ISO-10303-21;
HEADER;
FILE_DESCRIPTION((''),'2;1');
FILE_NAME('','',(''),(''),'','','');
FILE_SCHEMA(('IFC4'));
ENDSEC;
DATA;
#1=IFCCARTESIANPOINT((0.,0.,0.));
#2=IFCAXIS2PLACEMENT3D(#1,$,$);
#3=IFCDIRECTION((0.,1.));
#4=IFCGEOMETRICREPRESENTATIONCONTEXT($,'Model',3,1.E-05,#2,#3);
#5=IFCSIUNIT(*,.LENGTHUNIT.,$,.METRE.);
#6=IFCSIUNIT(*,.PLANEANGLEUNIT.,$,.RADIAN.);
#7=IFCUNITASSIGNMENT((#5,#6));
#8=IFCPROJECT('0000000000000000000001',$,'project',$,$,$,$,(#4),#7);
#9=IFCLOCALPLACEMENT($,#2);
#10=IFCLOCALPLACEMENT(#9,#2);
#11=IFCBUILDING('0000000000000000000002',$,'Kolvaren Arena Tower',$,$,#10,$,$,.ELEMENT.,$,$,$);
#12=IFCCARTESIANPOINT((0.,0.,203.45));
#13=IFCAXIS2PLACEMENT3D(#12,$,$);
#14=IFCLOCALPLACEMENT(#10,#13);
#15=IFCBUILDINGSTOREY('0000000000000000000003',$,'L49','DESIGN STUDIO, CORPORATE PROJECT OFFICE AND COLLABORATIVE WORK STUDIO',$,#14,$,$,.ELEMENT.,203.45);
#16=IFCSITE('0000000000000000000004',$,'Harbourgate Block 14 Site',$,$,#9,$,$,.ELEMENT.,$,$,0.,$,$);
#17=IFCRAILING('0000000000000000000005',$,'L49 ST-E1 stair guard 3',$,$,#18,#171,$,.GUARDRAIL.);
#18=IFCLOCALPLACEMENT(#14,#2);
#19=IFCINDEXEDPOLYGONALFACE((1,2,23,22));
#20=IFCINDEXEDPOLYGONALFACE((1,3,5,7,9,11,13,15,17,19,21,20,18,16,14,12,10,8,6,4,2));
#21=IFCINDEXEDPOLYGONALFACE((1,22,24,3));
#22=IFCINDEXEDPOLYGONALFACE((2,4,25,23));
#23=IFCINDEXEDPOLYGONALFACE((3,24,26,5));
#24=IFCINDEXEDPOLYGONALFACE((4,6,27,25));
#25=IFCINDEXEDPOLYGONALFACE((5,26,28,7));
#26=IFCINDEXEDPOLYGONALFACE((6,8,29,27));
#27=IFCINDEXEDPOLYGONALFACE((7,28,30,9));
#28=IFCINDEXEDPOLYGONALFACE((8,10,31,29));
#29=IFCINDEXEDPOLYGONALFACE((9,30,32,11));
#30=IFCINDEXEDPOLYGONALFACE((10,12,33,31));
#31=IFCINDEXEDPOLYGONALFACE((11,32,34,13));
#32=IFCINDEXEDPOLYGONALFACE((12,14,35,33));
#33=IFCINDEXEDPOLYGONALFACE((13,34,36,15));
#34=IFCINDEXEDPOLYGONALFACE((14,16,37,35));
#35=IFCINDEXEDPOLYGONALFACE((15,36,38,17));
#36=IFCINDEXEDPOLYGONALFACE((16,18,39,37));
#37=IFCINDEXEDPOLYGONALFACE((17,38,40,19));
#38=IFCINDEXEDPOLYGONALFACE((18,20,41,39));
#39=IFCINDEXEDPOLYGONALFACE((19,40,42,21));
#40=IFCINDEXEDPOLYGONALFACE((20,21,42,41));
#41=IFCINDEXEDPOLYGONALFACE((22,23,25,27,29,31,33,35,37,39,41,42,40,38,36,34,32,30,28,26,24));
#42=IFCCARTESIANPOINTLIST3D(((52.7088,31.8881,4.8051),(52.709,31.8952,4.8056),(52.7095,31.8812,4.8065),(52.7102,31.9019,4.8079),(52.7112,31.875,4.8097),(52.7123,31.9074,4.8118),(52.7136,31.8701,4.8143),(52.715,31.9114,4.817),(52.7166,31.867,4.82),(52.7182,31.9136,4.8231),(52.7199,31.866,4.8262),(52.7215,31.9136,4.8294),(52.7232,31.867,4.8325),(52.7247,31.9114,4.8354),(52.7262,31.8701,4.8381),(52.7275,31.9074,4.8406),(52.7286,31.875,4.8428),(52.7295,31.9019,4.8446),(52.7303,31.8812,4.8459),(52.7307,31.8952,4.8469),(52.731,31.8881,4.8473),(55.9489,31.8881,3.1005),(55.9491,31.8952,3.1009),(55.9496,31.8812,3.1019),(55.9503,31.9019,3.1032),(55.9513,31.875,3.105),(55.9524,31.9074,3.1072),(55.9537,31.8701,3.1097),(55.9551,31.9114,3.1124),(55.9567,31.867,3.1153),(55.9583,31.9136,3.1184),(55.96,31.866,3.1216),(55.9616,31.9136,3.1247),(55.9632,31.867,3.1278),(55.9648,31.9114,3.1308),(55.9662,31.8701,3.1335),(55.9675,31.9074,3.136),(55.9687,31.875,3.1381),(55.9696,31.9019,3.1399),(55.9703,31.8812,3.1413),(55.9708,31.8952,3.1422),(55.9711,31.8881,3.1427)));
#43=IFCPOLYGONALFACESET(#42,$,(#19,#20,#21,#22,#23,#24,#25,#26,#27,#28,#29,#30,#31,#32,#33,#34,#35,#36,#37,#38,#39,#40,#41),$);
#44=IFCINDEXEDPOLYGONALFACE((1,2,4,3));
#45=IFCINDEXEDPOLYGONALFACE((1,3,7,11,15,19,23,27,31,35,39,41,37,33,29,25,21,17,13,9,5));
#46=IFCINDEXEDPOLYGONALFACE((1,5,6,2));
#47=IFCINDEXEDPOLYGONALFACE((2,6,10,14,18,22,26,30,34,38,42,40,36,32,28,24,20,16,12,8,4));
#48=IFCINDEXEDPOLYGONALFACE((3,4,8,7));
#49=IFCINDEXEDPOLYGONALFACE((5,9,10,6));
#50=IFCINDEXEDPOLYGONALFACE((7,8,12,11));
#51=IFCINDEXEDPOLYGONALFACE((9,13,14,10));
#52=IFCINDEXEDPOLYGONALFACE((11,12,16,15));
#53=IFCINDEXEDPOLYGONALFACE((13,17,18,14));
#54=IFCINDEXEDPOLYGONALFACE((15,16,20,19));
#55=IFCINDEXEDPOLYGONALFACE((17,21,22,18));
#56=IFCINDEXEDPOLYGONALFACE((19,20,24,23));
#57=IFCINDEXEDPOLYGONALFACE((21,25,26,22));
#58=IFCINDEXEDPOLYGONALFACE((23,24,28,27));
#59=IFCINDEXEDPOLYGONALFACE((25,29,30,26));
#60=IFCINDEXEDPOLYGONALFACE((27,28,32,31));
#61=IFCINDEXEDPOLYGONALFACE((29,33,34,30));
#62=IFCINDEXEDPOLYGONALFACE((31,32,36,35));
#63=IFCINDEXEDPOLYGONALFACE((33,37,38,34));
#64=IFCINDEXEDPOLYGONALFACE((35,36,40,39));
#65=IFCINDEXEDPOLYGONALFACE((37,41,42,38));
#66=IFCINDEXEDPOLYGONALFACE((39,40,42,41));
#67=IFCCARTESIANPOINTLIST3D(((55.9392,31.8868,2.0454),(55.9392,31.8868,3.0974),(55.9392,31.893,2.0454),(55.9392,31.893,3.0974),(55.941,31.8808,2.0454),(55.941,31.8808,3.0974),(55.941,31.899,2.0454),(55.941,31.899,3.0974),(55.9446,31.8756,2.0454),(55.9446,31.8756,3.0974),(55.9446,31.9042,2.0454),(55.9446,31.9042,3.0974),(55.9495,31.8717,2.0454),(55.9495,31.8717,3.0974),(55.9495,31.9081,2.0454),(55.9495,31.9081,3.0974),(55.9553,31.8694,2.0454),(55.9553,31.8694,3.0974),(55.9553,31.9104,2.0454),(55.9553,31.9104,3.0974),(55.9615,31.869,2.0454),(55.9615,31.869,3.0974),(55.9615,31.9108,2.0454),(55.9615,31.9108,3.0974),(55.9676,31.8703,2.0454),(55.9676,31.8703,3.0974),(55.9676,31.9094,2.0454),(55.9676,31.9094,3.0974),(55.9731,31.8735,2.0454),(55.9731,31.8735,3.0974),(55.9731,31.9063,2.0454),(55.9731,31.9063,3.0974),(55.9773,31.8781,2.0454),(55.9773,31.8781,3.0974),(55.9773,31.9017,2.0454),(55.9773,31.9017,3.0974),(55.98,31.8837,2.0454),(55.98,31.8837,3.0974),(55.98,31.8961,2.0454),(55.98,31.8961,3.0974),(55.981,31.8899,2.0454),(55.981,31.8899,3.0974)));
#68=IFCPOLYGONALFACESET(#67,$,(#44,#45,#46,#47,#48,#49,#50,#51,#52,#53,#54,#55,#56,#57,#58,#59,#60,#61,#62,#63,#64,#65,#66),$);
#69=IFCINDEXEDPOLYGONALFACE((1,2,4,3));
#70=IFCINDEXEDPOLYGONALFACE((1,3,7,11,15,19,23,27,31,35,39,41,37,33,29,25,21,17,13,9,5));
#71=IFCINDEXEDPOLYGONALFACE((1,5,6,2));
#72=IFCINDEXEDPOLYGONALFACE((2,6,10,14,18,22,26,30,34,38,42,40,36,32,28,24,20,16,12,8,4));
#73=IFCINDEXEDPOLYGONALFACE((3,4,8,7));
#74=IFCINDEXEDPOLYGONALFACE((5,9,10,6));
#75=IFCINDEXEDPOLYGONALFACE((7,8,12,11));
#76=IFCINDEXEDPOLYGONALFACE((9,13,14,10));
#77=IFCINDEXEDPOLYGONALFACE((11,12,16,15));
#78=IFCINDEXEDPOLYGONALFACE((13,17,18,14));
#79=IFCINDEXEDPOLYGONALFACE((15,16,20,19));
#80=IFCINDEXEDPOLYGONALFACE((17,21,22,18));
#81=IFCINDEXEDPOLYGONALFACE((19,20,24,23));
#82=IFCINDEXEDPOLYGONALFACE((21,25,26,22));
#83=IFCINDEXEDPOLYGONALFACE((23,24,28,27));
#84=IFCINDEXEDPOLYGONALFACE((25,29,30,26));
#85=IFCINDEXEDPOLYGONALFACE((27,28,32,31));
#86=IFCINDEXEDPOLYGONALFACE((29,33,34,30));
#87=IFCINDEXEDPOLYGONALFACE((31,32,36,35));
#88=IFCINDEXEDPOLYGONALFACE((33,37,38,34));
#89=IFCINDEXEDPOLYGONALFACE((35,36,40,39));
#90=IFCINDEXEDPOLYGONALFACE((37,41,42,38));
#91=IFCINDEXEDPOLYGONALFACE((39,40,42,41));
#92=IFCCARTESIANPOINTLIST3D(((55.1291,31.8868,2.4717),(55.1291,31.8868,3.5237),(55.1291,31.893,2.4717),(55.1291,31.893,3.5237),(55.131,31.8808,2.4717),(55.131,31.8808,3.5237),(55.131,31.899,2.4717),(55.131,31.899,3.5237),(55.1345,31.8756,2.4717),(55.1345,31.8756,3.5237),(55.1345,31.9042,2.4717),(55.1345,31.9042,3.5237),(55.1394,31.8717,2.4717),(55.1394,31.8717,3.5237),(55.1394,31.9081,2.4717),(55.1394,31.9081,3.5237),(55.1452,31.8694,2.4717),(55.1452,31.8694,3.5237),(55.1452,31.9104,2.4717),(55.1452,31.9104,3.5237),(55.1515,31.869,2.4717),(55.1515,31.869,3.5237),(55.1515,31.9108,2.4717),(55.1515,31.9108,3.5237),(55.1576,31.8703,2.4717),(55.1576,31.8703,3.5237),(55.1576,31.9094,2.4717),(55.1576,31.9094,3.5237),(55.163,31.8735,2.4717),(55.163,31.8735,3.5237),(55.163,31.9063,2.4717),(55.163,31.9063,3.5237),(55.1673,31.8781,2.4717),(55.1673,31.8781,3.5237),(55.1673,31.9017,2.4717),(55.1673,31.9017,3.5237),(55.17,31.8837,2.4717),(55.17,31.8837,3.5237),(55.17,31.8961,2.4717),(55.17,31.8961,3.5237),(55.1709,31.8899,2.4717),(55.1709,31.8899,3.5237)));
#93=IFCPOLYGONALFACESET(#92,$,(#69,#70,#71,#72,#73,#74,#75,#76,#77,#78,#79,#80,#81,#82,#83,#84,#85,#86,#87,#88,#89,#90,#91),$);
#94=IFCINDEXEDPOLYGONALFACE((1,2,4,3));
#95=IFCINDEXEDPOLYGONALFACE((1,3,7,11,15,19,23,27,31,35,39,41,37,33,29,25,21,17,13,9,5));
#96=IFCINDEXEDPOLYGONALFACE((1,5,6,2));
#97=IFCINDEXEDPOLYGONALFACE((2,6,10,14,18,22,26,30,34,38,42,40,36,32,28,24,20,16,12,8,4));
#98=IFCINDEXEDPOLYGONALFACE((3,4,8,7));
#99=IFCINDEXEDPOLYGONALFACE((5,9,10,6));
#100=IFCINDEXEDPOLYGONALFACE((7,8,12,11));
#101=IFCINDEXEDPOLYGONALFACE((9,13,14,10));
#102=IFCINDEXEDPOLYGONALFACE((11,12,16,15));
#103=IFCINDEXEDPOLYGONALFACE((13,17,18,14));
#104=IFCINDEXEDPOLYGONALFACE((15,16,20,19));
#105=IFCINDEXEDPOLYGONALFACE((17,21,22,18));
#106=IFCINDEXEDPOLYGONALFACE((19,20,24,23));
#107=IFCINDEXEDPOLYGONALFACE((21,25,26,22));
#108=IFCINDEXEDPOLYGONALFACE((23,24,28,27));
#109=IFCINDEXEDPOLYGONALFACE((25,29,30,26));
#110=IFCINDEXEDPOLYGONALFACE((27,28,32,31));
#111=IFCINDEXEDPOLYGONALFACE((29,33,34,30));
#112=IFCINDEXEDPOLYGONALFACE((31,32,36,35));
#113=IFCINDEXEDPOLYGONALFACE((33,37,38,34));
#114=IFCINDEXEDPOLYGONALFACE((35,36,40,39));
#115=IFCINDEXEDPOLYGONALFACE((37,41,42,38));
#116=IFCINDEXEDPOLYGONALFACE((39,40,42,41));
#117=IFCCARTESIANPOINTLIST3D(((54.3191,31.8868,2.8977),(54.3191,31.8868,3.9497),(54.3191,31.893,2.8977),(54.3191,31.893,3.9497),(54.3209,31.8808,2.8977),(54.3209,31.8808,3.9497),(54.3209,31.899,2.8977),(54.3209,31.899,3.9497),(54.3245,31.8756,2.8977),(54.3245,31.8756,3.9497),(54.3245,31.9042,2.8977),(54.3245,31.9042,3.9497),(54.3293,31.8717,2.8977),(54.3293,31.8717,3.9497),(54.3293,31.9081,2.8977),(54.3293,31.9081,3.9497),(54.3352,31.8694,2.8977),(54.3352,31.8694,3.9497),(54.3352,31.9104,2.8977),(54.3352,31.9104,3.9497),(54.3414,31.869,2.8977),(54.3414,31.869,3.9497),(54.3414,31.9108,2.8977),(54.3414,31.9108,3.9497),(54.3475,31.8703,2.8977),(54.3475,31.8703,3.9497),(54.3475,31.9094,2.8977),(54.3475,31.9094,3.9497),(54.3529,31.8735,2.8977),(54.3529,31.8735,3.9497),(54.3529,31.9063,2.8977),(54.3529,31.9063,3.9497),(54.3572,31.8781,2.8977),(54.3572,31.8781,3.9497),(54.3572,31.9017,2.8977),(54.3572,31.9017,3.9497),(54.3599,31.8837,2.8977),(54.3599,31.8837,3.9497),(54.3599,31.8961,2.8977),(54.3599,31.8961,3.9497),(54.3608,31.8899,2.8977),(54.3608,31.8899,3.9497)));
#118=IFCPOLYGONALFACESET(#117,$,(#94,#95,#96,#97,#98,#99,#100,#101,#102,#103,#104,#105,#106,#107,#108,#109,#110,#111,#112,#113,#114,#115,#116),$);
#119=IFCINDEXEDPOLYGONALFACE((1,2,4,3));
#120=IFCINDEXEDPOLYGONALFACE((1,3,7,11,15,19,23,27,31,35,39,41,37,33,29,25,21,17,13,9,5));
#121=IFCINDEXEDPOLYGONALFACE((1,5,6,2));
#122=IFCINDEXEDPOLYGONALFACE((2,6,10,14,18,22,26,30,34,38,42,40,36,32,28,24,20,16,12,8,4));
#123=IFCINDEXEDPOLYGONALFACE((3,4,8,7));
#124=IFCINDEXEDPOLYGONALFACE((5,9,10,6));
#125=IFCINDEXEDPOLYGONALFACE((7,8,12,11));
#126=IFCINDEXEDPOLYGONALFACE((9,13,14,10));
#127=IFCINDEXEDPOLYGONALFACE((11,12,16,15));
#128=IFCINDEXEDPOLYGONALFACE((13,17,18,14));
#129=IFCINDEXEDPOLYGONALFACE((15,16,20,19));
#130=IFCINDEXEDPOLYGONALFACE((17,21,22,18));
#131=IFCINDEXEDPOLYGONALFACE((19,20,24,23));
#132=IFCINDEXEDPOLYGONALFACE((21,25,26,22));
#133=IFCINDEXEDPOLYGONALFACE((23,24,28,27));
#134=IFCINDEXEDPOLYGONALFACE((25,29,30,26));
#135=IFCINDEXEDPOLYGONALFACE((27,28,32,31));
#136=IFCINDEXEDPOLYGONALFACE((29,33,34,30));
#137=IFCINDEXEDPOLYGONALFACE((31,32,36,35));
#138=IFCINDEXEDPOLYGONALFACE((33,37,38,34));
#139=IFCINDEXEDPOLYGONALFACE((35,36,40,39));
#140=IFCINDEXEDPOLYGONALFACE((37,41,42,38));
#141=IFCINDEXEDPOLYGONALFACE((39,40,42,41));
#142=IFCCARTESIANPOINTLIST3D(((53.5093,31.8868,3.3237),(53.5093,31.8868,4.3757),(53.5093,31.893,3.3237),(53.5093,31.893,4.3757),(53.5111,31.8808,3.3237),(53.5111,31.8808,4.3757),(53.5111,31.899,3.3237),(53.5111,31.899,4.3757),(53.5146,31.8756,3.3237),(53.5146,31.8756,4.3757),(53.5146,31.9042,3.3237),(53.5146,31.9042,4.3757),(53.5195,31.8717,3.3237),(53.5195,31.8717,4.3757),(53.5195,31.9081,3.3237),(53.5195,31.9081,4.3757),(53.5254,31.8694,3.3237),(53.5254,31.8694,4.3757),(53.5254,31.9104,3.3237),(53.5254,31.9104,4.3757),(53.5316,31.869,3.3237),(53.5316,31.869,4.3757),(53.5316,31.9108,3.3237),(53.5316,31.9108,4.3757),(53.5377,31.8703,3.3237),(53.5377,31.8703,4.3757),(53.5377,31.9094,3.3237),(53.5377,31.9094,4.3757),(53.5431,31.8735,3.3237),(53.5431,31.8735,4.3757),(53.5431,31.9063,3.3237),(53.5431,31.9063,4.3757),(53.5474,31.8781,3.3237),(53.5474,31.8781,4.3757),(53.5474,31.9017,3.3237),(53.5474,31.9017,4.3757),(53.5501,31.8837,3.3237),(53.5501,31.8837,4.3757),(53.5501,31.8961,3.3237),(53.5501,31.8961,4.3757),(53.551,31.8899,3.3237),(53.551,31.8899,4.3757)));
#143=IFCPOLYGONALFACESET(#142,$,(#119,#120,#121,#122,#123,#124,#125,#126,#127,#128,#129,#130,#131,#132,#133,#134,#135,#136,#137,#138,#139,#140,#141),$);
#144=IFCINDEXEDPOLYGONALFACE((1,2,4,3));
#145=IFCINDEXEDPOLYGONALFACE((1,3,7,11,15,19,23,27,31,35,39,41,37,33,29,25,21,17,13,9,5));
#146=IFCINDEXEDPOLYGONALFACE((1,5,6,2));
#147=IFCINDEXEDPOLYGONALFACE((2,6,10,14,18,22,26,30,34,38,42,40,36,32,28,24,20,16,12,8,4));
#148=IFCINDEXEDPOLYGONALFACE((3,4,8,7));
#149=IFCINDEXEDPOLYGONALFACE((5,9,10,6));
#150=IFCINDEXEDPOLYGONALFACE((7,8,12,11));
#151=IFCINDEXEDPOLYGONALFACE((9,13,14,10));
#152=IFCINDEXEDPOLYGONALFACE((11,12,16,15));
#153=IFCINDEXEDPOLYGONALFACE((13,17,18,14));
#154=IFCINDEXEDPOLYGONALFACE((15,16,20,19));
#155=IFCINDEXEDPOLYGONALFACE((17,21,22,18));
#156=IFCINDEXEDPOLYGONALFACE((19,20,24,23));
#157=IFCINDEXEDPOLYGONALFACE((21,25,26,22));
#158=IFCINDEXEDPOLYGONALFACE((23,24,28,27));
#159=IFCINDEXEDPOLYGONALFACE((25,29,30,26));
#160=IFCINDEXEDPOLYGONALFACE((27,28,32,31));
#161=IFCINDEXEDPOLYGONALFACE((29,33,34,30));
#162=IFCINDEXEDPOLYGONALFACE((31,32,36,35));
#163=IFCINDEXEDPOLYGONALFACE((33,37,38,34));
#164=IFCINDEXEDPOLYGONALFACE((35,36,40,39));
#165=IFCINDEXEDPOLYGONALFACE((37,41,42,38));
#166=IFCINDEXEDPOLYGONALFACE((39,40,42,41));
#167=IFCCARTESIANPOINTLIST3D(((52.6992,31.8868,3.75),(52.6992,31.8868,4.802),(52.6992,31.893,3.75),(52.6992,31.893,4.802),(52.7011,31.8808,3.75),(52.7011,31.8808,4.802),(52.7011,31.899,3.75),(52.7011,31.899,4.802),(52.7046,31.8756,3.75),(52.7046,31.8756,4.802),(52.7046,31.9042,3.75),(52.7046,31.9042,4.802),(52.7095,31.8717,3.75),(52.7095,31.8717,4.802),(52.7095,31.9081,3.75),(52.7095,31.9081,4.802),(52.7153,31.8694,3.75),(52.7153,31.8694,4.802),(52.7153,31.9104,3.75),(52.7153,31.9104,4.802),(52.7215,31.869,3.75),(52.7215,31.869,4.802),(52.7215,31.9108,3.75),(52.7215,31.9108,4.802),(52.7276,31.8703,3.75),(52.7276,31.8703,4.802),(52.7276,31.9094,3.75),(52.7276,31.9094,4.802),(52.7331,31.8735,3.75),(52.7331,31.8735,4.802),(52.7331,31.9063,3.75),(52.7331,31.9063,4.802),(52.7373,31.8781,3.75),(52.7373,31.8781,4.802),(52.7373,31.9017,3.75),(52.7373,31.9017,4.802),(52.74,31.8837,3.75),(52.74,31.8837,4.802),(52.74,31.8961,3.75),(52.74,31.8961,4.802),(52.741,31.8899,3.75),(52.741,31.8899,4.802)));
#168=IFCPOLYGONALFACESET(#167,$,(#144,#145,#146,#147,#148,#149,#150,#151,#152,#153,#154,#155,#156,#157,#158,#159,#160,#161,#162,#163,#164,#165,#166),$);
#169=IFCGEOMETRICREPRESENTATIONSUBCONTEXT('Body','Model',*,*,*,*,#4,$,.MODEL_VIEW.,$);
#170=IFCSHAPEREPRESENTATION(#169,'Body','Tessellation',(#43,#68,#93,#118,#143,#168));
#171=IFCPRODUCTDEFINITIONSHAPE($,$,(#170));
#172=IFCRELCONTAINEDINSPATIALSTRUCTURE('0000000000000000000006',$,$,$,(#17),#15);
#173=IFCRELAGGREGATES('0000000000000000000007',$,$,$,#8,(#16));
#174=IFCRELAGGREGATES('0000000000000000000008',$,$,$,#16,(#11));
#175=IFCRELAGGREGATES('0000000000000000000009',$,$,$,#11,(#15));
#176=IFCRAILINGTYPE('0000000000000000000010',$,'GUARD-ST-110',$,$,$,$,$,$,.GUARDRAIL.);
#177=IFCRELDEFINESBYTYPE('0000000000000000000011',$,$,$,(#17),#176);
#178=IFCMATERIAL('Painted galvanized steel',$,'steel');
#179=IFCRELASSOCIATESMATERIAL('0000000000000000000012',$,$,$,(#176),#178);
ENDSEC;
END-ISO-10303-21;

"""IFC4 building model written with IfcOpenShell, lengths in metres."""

from ifc_helpers import new_model, si_unit, direction, frame, origin, origin_2d, place, context, subcontext, project, spatial, circle, extrude, material, type_object, element, save


model = new_model("IFC4")

# Units and contexts
model_context = context("Model", 3, precision=1e-05, world=origin(), true_north=direction((0.0, 1.0)))
body_context = subcontext(model_context, "Body", "Model", "MODEL_VIEW")
ifc_project = project(units=[si_unit("LENGTHUNIT", "METRE"), si_unit("PLANEANGLEUNIT", "RADIAN")], contexts=[model_context])

# Site, building, storey
site_placement = place(None, origin())
site = spatial("IfcSite", under=ifc_project, at=site_placement, Name="Harbourgate Block 14 Site", CompositionType="ELEMENT", RefElevation=0.0)
building_placement = place(site_placement, origin())
building = spatial("IfcBuilding", under=site, at=building_placement, Name="Kolvaren Arena Tower", CompositionType="ELEMENT")
storey_placement = place(building_placement, frame((0.0, 0.0, 203.45)))
storey = spatial("IfcBuildingStorey", under=building, at=storey_placement, Name="L49", Description="DESIGN STUDIO, CORPORATE PROJECT OFFICE AND COLLABORATIVE WORK STUDIO", CompositionType="ELEMENT", Elevation=203.45)

# Railing
ifc_material_1 = material(Name="Painted galvanized steel", Category="steel")
railing_type_1 = type_object("IfcRailingType", Name="GUARD-ST-110", PredefinedType="GUARDRAIL", material=ifc_material_1)
railing_1_placement = place(storey_placement, frame((55.96, 31.8899, 2.0454)))
element("IfcRailing", 1, at=railing_1_placement, inside=storey, type_object=railing_type_1, Name="L49 ST-E1 stair guard 3", PredefinedType="GUARDRAIL", context=body_context, shape_type="SweptSolid", body=[
    extrude(circle(Radius=0.0239, at=origin_2d()), frame((0.0, 0.0, 1.0762), z_axis=(-0.884993, 0.0, 0.465604), x_axis=(0.0, -1.0, 0.0)), (0.0, 0.0, 1.0), 3.6611),
    extrude(circle(Radius=0.021, at=origin_2d()), origin(), (0.0, 0.0, 1.0), 1.052),
    extrude(circle(Radius=0.021, at=origin_2d()), frame((-0.8101, 0.0, 0.4263)), (0.0, 0.0, 1.0), 1.052),
    extrude(circle(Radius=0.021, at=origin_2d()), frame((-1.6201, 0.0, 0.8523)), (0.0, 0.0, 1.0), 1.052),
    extrude(circle(Radius=0.021, at=origin_2d()), frame((-2.4299, 0.0, 1.2783)), (0.0, 0.0, 1.0), 1.052),
    extrude(circle(Radius=0.021, at=origin_2d()), frame((-3.24, 0.0, 1.7046)), (0.0, 0.0, 1.0), 1.052),
])

save(model, "model.ifc")
